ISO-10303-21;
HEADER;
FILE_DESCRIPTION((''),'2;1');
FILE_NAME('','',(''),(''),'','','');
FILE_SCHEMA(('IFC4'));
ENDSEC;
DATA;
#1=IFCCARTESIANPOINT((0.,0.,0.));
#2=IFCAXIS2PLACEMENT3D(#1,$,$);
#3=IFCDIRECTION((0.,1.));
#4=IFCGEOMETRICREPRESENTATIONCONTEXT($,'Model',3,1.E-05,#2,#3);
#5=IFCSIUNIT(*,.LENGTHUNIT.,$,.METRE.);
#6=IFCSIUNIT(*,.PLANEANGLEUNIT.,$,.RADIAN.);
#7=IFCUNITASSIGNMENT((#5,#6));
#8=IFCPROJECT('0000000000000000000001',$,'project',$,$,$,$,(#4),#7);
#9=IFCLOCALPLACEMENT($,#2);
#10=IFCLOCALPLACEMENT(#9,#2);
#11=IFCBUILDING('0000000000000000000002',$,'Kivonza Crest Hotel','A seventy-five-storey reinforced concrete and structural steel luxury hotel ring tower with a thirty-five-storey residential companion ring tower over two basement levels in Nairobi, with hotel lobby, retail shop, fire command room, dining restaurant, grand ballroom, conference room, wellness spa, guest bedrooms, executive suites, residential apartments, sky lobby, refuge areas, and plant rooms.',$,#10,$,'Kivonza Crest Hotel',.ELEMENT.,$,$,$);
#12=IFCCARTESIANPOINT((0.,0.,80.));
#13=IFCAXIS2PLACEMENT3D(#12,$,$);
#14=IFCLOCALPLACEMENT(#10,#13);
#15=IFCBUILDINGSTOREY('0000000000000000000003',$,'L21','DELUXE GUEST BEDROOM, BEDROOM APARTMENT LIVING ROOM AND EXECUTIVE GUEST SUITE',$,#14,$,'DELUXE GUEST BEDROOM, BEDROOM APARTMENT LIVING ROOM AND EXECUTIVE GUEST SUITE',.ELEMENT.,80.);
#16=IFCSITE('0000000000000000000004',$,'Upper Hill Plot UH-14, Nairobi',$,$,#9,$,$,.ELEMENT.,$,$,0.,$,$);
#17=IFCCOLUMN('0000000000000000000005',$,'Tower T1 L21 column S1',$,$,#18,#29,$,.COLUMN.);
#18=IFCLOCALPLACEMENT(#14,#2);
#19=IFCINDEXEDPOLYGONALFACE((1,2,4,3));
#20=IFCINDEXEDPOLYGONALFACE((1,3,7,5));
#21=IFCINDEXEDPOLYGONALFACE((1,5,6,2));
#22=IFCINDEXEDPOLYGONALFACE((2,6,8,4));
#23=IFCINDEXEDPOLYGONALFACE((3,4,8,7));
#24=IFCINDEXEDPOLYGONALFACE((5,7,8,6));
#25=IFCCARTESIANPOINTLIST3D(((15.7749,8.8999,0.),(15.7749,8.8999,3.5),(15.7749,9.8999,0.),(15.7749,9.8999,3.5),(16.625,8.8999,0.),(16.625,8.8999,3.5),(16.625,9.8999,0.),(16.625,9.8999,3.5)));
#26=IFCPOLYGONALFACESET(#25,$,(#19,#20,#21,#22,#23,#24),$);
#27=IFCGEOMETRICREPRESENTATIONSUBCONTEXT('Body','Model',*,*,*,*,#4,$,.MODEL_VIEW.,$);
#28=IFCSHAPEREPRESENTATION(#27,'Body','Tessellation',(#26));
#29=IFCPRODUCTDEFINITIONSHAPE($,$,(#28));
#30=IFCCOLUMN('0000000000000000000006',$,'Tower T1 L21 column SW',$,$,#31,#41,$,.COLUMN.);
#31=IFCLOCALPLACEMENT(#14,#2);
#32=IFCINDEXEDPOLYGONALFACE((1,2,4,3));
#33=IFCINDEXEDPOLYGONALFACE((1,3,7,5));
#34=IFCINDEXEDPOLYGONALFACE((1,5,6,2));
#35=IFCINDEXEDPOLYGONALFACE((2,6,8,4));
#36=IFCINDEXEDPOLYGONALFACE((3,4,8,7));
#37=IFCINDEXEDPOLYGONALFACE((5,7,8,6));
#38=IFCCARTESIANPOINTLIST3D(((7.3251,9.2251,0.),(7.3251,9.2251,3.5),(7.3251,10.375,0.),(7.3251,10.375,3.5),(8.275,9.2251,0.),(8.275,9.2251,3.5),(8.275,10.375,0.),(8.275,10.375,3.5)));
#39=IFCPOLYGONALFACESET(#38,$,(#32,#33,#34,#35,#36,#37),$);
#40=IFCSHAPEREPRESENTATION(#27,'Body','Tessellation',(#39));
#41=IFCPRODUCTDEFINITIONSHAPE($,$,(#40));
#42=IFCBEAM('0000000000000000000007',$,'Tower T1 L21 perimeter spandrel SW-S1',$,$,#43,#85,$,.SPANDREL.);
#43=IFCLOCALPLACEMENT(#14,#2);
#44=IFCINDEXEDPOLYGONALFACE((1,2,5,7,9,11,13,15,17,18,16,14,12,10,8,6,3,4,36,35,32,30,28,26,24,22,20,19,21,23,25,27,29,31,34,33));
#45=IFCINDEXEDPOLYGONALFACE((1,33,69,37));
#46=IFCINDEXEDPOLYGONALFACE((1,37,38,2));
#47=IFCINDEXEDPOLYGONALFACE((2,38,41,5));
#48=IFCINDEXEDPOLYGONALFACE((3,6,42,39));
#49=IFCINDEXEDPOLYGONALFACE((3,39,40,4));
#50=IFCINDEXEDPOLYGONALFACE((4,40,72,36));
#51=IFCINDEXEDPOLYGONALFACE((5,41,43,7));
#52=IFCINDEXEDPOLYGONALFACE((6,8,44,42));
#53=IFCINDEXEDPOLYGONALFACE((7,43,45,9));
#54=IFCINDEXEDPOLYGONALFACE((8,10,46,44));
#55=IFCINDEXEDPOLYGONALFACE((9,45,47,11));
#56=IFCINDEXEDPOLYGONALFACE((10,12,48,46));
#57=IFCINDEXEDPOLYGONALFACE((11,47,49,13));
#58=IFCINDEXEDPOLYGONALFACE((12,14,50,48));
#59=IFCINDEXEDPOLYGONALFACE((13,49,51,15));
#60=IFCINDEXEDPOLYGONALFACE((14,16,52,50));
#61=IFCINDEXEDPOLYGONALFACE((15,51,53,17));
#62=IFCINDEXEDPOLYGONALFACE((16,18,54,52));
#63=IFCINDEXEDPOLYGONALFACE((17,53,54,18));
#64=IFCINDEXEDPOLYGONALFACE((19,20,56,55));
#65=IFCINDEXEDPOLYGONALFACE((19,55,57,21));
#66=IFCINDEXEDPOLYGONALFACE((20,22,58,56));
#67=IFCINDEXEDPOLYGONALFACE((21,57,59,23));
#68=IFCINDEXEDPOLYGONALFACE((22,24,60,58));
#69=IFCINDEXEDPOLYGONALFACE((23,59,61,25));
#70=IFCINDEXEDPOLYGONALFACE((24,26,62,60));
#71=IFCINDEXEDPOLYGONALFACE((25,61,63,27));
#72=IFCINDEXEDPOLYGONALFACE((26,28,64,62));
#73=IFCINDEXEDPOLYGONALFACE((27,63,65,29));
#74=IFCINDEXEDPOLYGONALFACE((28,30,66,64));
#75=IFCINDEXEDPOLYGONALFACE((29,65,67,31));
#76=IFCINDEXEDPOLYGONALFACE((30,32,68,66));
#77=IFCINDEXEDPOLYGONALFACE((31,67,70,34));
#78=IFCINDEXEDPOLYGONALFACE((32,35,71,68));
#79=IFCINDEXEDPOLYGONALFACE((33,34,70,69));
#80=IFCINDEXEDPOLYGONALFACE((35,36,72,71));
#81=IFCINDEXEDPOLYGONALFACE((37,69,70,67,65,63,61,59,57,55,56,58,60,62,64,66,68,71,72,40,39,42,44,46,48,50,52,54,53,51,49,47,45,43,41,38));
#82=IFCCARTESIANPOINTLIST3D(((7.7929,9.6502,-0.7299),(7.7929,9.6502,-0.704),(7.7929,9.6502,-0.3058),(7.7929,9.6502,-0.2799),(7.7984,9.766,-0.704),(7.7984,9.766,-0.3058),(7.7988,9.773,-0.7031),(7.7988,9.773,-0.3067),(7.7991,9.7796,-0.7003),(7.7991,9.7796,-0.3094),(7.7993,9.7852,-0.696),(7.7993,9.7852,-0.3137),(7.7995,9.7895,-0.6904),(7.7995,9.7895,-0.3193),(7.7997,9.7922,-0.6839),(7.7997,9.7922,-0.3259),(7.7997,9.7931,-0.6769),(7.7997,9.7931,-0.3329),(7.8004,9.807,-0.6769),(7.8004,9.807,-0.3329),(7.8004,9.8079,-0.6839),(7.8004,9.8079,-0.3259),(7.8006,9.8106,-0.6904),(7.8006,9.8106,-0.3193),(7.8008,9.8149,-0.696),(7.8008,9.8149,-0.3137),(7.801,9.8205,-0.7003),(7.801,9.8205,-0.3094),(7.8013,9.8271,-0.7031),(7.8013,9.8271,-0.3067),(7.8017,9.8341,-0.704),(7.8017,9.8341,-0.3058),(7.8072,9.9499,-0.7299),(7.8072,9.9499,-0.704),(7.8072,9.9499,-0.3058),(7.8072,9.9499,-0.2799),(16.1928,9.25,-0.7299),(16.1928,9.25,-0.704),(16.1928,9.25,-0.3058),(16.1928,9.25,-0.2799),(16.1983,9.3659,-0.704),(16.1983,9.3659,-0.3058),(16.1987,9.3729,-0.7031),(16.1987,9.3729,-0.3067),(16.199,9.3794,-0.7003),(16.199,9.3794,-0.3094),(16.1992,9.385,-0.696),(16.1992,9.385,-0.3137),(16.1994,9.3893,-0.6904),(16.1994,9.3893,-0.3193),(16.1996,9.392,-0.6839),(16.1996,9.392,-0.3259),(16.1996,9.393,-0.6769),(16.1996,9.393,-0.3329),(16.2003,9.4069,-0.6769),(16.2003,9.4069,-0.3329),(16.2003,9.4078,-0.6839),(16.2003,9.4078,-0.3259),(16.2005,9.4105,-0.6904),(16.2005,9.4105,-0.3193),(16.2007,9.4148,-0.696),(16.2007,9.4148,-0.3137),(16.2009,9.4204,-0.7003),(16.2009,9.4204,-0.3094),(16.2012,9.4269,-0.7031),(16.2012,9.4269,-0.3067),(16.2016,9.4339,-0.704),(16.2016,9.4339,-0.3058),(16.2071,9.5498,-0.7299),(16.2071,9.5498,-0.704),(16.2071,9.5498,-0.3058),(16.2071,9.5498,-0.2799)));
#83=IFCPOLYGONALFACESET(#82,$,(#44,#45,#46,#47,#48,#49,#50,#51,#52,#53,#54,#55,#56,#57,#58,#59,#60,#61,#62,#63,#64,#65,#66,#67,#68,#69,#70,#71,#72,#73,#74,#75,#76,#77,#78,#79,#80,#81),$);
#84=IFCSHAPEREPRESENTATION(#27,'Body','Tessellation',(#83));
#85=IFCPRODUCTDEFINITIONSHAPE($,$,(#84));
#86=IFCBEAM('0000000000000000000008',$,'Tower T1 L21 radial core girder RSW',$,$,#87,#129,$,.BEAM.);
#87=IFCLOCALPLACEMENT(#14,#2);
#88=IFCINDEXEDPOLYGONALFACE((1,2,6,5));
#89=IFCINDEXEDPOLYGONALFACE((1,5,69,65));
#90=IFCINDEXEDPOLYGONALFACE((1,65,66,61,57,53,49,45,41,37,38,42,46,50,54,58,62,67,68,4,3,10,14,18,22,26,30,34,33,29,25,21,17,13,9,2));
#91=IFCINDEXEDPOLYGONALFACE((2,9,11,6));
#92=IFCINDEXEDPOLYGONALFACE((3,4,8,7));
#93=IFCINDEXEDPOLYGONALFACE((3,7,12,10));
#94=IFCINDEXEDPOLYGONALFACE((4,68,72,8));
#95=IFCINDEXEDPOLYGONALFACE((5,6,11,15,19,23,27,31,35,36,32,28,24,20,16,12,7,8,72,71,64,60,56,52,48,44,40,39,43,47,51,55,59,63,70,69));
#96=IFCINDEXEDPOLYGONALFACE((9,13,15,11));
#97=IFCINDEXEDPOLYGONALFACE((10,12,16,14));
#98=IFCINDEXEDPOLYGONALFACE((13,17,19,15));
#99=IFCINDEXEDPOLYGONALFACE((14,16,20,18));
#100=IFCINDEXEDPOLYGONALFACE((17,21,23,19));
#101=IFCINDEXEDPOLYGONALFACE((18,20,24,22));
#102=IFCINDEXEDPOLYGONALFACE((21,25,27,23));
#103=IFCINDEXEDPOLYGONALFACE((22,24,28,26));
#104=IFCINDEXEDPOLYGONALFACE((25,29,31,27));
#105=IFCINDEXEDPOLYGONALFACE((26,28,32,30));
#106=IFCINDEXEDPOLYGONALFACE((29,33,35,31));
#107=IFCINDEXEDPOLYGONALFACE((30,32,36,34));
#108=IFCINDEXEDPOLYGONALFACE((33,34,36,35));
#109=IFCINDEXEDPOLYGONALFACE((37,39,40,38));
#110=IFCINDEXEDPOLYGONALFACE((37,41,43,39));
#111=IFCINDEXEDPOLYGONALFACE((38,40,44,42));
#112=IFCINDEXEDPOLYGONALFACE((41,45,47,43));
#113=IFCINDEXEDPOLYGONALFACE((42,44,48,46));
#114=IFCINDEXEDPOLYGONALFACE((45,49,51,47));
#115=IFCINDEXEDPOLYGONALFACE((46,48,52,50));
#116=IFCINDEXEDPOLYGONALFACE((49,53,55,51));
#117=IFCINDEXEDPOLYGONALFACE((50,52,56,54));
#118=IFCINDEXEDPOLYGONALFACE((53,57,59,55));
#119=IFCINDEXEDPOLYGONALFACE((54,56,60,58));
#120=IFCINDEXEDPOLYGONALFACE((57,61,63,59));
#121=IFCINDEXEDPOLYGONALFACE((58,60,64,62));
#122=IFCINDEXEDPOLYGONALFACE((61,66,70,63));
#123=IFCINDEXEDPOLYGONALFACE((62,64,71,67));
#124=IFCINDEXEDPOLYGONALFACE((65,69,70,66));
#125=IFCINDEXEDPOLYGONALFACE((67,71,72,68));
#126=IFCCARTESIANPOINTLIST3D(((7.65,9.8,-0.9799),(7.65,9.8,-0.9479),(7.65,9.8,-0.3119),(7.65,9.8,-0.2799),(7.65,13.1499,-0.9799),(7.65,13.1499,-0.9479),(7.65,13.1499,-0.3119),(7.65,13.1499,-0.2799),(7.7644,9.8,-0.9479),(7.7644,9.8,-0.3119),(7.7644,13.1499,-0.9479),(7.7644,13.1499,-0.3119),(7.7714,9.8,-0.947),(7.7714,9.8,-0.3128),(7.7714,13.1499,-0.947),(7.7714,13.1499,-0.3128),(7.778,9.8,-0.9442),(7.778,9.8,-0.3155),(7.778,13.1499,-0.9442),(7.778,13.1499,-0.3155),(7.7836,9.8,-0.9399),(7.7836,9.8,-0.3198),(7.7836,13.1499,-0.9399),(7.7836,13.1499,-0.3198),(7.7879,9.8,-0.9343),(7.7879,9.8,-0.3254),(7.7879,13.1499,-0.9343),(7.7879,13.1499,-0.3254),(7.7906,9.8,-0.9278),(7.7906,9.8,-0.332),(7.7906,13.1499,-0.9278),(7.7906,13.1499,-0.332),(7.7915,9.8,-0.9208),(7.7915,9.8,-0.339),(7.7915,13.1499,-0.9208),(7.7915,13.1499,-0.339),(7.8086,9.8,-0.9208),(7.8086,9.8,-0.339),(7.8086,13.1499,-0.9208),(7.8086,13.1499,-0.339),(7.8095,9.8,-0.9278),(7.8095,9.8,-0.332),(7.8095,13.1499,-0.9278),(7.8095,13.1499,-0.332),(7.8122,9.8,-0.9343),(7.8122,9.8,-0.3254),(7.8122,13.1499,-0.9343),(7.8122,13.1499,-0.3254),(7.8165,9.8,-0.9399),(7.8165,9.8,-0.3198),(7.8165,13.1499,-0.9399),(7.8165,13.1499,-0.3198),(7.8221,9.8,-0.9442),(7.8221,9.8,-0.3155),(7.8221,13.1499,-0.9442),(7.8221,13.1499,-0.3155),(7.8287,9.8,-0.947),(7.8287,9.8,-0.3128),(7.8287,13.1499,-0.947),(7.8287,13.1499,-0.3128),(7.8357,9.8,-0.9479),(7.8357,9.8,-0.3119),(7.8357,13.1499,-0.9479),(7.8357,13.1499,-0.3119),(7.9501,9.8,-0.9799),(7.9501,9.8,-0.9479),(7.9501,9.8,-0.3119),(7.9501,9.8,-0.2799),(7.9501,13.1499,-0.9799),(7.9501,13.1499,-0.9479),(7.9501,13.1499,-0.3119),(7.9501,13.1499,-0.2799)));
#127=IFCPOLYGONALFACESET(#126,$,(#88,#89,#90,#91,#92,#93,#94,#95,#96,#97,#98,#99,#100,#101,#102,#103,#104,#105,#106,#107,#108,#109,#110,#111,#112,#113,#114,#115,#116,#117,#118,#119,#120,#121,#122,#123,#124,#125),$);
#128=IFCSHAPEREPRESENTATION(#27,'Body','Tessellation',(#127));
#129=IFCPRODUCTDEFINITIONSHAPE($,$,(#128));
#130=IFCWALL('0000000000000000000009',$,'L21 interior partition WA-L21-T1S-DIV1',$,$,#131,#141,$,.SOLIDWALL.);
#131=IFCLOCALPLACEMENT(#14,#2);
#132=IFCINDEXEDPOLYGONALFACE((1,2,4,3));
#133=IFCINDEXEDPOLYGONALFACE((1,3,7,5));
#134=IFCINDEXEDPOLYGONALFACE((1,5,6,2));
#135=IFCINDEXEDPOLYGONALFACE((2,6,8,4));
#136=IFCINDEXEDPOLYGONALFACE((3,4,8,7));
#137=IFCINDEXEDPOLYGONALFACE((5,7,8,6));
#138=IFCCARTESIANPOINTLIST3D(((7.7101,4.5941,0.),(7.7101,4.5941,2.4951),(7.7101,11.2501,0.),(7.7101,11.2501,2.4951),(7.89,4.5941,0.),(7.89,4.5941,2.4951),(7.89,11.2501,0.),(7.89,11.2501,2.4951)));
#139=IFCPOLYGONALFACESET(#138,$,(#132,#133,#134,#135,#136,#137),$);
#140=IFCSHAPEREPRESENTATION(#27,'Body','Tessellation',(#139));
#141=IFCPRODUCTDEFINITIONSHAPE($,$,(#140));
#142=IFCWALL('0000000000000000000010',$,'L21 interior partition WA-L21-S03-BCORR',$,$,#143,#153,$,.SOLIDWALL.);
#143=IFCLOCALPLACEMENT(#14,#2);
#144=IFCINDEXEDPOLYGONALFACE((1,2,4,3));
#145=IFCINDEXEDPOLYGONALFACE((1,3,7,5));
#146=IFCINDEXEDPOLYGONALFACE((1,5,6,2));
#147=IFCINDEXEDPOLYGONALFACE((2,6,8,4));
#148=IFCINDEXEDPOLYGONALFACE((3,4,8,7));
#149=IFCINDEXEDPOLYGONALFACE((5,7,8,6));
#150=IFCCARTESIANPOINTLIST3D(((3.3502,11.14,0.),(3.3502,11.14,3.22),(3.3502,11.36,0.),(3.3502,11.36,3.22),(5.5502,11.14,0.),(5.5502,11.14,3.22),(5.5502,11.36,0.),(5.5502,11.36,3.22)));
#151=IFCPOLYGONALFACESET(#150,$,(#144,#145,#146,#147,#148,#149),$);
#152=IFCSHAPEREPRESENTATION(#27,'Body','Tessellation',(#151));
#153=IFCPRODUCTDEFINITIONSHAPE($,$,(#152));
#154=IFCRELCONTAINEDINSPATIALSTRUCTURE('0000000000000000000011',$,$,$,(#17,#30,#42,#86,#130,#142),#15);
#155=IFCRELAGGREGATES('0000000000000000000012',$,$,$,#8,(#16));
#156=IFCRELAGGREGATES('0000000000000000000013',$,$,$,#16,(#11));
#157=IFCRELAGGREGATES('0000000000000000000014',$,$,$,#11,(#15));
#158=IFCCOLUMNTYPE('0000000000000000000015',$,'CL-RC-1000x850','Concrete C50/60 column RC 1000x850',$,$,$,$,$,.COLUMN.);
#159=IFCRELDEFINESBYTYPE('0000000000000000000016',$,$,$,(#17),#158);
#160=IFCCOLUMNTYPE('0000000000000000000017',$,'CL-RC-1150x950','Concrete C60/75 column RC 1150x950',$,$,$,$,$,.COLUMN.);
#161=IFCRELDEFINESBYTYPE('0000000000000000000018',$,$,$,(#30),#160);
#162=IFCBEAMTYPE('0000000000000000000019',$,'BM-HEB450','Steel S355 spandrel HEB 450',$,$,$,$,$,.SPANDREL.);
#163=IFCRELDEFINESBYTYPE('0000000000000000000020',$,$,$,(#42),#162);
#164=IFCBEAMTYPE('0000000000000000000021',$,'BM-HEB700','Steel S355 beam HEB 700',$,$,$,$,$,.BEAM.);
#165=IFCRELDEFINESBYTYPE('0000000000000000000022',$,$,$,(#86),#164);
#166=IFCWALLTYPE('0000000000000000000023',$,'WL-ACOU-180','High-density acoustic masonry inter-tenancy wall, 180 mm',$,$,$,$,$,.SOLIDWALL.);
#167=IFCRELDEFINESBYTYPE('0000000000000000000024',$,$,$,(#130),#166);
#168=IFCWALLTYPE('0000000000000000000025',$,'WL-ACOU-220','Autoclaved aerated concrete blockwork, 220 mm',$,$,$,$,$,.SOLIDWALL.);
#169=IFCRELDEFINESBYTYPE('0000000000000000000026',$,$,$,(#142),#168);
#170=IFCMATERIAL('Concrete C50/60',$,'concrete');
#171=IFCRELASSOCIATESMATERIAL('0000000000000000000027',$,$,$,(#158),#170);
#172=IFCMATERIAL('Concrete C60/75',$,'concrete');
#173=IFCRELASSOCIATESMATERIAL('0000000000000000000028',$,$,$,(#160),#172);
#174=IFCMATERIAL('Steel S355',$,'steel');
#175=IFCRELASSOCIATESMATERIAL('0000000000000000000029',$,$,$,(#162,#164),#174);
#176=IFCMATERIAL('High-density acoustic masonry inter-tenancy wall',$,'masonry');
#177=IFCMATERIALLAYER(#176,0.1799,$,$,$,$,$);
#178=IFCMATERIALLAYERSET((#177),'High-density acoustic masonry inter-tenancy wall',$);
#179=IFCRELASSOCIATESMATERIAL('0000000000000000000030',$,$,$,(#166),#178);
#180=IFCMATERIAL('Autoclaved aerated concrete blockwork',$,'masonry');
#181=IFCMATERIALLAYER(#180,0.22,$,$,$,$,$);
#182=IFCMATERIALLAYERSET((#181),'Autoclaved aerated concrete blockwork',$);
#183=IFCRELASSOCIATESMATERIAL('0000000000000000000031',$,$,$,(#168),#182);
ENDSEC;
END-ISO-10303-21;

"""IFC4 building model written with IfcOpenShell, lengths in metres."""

from ifc_helpers import new_model, si_unit, direction, frame, frame_2d, origin, origin_2d, place, context, subcontext, project, spatial, rectangle, i_section, extrude, material, layer, layer_set, material_profile, profile_set, type_object, element, save


model = new_model("IFC4")

# Units and contexts
model_context = context("Model", 3, precision=1e-05, world=origin(), true_north=direction((0.0, 1.0)))
body_context = subcontext(model_context, "Body", "Model", "MODEL_VIEW")
ifc_project = project(units=[si_unit("LENGTHUNIT", "METRE"), si_unit("PLANEANGLEUNIT", "RADIAN")], contexts=[model_context])

# Site, building, storey
site_placement = place(None, origin())
site = spatial("IfcSite", under=ifc_project, at=site_placement, Name="Upper Hill Plot UH-14, Nairobi", CompositionType="ELEMENT", RefElevation=0.0)
building_placement = place(site_placement, origin())
building = spatial("IfcBuilding", under=site, at=building_placement, Name="Kivonza Crest Hotel", Description="A seventy-five-storey reinforced concrete and structural steel luxury hotel ring tower with a thirty-five-storey residential companion ring tower over two basement levels in Nairobi, with hotel lobby, retail shop, fire command room, dining restaurant, grand ballroom, conference room, wellness spa, guest bedrooms, executive suites, residential apartments, sky lobby, refuge areas, and plant rooms.", LongName="Kivonza Crest Hotel", CompositionType="ELEMENT")
storey_placement = place(building_placement, frame((0.0, 0.0, 80.0)))
storey = spatial("IfcBuildingStorey", under=building, at=storey_placement, Name="L21", Description="DELUXE GUEST BEDROOM, BEDROOM APARTMENT LIVING ROOM AND EXECUTIVE GUEST SUITE", LongName="DELUXE GUEST BEDROOM, BEDROOM APARTMENT LIVING ROOM AND EXECUTIVE GUEST SUITE", CompositionType="ELEMENT", Elevation=80.0)

# Columns
ifc_material_1 = material(Name="Concrete C50/60", Category="concrete")
ifc_material_profile_1 = material_profile(ifc_material_1, rectangle(XDim=0.8501, YDim=1.0, at=origin_2d()), Name="RC 1000x850")
ifc_profile_set_1 = profile_set([ifc_material_profile_1], Name="Concrete C50/60")
column_type_1 = type_object("IfcColumnType", Name="CL-RC-1000x850", Description="Concrete C50/60 column RC 1000x850", PredefinedType="COLUMN", material=ifc_profile_set_1)
column_1_placement = place(storey_placement, frame((16.2, 9.3999, 0.0), z_axis=(0.0, 0.0, 1.0), x_axis=(1.0, 0.0, 0.0)))
element("IfcColumn", 1, at=column_1_placement, inside=storey, type_object=column_type_1, Name="Tower T1 L21 column S1", PredefinedType="COLUMN", context=body_context, shape_type="SweptSolid", body=[
    extrude(rectangle(XDim=0.8501, YDim=1.0, at=origin_2d()), origin(), (0.0, 0.0, 1.0), 3.5),
])
ifc_material_2 = material(Name="Concrete C60/75", Category="concrete")
ifc_material_profile_2 = material_profile(ifc_material_2, rectangle(XDim=0.95, YDim=1.1499, at=origin_2d()), Name="RC 1150x950")
ifc_profile_set_2 = profile_set([ifc_material_profile_2], Name="Concrete C60/75")
column_type_2 = type_object("IfcColumnType", Name="CL-RC-1150x950", Description="Concrete C60/75 column RC 1150x950", PredefinedType="COLUMN", material=ifc_profile_set_2)
column_2_placement = place(storey_placement, frame((7.8, 9.8, 0.0), z_axis=(0.0, 0.0, 1.0), x_axis=(1.0, 0.0, 0.0)))
element("IfcColumn", 2, at=column_2_placement, inside=storey, type_object=column_type_2, Name="Tower T1 L21 column SW", PredefinedType="COLUMN", context=body_context, shape_type="SweptSolid", body=[
    extrude(rectangle(XDim=0.95, YDim=1.1499, at=origin_2d()), origin(), (0.0, 0.0, 1.0), 3.5),
])

# Beams
ifc_material_3 = material(Name="Steel S355", Category="steel")
ifc_material_profile_3 = material_profile(ifc_material_3, i_section(OverallWidth=0.3, OverallDepth=0.45, WebThickness=0.0139, FlangeThickness=0.0259, FilletRadius=0.0271, at=origin_2d()), Name="HEB 450")
ifc_profile_set_3 = profile_set([ifc_material_profile_3], Name="Steel S355")
beam_type_1 = type_object("IfcBeamType", Name="BM-HEB450", Description="Steel S355 spandrel HEB 450", PredefinedType="SPANDREL", material=ifc_profile_set_3)
beam_1_placement = place(storey_placement, frame((7.8, 9.8, -0.5049), z_axis=(0.998867, -0.047583, 0.0), x_axis=(0.047583, 0.998867, 0.0)))
element("IfcBeam", 3, at=beam_1_placement, inside=storey, type_object=beam_type_1, Name="Tower T1 L21 perimeter spandrel SW-S1", PredefinedType="SPANDREL", context=body_context, shape_type="SweptSolid", body=[
    extrude(i_section(OverallWidth=0.3, OverallDepth=0.45, WebThickness=0.0139, FlangeThickness=0.0259, FilletRadius=0.0271, at=origin_2d()), origin(), (0.0, 0.0, 1.0), 8.4094),
])
ifc_material_profile_4 = material_profile(ifc_material_3, i_section(OverallWidth=0.3, OverallDepth=0.7, WebThickness=0.0171, FlangeThickness=0.032, FilletRadius=0.0271, at=origin_2d()), Name="HEB 700")
ifc_profile_set_4 = profile_set([ifc_material_profile_4], Name="Steel S355")
beam_type_2 = type_object("IfcBeamType", Name="BM-HEB700", Description="Steel S355 beam HEB 700", PredefinedType="BEAM", material=ifc_profile_set_4)
beam_2_placement = place(storey_placement, frame((7.8, 9.8, -0.6299), z_axis=(0.0, 1.0, 0.0), x_axis=(-1.0, 0.0, 0.0)))
element("IfcBeam", 4, at=beam_2_placement, inside=storey, type_object=beam_type_2, Name="Tower T1 L21 radial core girder RSW", PredefinedType="BEAM", context=body_context, shape_type="SweptSolid", body=[
    extrude(i_section(OverallWidth=0.3, OverallDepth=0.7, WebThickness=0.0171, FlangeThickness=0.032, FilletRadius=0.0271, at=origin_2d()), origin(), (0.0, 0.0, 1.0), 3.3499),
])

# Walls
ifc_material_4 = material(Name="High-density acoustic masonry inter-tenancy wall", Category="masonry")
ifc_layer_1 = layer(ifc_material_4, 0.1799)
ifc_layer_set_1 = layer_set([ifc_layer_1], Name="High-density acoustic masonry inter-tenancy wall")
wall_type_1 = type_object("IfcWallType", Name="WL-ACOU-180", Description="High-density acoustic masonry inter-tenancy wall, 180 mm", PredefinedType="SOLIDWALL", material=ifc_layer_set_1)
wall_1_placement = place(storey_placement, frame((7.8, 4.594, 0.0), z_axis=(0.0, 0.0, 1.0), x_axis=(0.0, 1.0, 0.0)))
element("IfcWall", 5, at=wall_1_placement, inside=storey, type_object=wall_type_1, Name="L21 interior partition WA-L21-T1S-DIV1", PredefinedType="SOLIDWALL", context=body_context, shape_type="SweptSolid", body=[
    extrude(rectangle(XDim=6.656, YDim=0.1799, at=frame_2d((3.3281, 0.0))), origin(), (0.0, 0.0, 1.0), 2.4951),
])
ifc_material_5 = material(Name="Autoclaved aerated concrete blockwork", Category="masonry")
ifc_layer_2 = layer(ifc_material_5, 0.22)
ifc_layer_set_2 = layer_set([ifc_layer_2], Name="Autoclaved aerated concrete blockwork")
wall_type_2 = type_object("IfcWallType", Name="WL-ACOU-220", Description="Autoclaved aerated concrete blockwork, 220 mm", PredefinedType="SOLIDWALL", material=ifc_layer_set_2)
wall_2_placement = place(storey_placement, frame((3.3501, 11.25, 0.0), z_axis=(0.0, 0.0, 1.0), x_axis=(1.0, 0.0, 0.0)))
element("IfcWall", 6, at=wall_2_placement, inside=storey, type_object=wall_type_2, Name="L21 interior partition WA-L21-S03-BCORR", PredefinedType="SOLIDWALL", context=body_context, shape_type="SweptSolid", body=[
    extrude(rectangle(XDim=2.2, YDim=0.22, at=frame_2d((1.1001, 0.0))), origin(), (0.0, 0.0, 1.0), 3.22),
])

save(model, "model.ifc")
